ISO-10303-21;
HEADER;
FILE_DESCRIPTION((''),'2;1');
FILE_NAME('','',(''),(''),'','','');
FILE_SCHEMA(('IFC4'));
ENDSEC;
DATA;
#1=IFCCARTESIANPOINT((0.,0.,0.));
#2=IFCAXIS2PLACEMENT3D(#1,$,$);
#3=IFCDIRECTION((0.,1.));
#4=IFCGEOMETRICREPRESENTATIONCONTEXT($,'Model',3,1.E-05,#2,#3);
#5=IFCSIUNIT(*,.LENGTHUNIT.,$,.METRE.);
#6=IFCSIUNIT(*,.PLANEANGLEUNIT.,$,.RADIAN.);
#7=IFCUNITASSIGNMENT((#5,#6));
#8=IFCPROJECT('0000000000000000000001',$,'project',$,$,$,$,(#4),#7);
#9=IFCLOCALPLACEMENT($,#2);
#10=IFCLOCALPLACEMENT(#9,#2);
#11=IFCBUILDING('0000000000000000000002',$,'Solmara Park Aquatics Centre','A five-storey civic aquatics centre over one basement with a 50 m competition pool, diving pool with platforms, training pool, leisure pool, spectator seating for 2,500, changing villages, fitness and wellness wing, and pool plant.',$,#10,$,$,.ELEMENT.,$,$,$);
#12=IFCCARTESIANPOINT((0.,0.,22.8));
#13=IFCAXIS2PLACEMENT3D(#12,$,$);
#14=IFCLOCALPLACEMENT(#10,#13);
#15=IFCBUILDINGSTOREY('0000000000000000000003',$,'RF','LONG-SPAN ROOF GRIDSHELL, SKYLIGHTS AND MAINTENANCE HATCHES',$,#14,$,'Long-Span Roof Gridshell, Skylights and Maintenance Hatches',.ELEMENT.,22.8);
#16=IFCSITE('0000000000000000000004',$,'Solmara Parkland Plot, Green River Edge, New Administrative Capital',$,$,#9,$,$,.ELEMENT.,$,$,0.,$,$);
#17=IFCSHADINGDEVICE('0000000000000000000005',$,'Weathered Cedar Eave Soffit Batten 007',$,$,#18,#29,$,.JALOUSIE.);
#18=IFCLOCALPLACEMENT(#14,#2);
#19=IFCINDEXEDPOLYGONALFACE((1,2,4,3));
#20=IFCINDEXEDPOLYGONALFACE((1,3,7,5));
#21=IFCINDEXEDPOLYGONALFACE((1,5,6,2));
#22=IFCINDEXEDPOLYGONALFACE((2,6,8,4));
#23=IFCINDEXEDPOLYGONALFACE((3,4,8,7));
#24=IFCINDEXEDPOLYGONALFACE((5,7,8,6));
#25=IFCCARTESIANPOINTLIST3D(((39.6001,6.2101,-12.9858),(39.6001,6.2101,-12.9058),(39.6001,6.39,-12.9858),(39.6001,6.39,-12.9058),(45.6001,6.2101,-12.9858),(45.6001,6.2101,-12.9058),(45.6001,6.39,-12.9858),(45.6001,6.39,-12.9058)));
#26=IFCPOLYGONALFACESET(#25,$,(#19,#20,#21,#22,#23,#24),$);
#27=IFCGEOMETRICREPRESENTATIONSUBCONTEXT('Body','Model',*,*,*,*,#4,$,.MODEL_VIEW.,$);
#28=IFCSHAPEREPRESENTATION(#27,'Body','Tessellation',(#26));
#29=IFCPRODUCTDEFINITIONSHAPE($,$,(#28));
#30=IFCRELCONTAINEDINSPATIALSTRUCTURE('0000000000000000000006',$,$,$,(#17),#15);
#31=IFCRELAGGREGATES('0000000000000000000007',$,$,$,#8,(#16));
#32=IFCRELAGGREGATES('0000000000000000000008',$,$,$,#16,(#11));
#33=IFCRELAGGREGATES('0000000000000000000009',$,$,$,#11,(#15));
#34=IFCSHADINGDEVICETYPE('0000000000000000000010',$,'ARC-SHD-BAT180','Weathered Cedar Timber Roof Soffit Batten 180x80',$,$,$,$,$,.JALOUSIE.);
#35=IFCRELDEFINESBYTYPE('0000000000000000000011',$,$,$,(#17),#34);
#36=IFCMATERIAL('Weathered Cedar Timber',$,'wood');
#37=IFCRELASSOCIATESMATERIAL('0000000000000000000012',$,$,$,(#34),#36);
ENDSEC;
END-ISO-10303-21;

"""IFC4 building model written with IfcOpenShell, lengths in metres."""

from ifc_helpers import new_model, si_unit, direction, frame, origin, origin_2d, place, context, subcontext, project, spatial, rectangle, extrude, material, type_object, element, save


model = new_model("IFC4")

# Units and contexts
model_context = context("Model", 3, precision=1e-05, world=origin(), true_north=direction((0.0, 1.0)))
body_context = subcontext(model_context, "Body", "Model", "MODEL_VIEW")
ifc_project = project(units=[si_unit("LENGTHUNIT", "METRE"), si_unit("PLANEANGLEUNIT", "RADIAN")], contexts=[model_context])

# Site, building, storey
site_placement = place(None, origin())
site = spatial("IfcSite", under=ifc_project, at=site_placement, Name="Solmara Parkland Plot, Green River Edge, New Administrative Capital", CompositionType="ELEMENT", RefElevation=0.0)
building_placement = place(site_placement, origin())
building = spatial("IfcBuilding", under=site, at=building_placement, Name="Solmara Park Aquatics Centre", Description="A five-storey civic aquatics centre over one basement with a 50 m competition pool, diving pool with platforms, training pool, leisure pool, spectator seating for 2,500, changing villages, fitness and wellness wing, and pool plant.", CompositionType="ELEMENT")
storey_placement = place(building_placement, frame((0.0, 0.0, 22.8)))
storey = spatial("IfcBuildingStorey", under=building, at=storey_placement, Name="RF", Description="LONG-SPAN ROOF GRIDSHELL, SKYLIGHTS AND MAINTENANCE HATCHES", LongName="Long-Span Roof Gridshell, Skylights and Maintenance Hatches", CompositionType="ELEMENT", Elevation=22.8)

# Shading device
ifc_material_1 = material(Name="Weathered Cedar Timber", Category="wood")
shading_device_type = type_object("IfcShadingDeviceType", Name="ARC-SHD-BAT180", Description="Weathered Cedar Timber Roof Soffit Batten 180x80", PredefinedType="JALOUSIE", material=ifc_material_1)
shading_device_placement = place(storey_placement, frame((42.6001, 6.3, -12.9858), z_axis=(0.0, 0.0, 1.0), x_axis=(1.0, 0.0, 0.0)))
element("IfcShadingDevice", 1, at=shading_device_placement, inside=storey, type_object=shading_device_type, Name="Weathered Cedar Eave Soffit Batten 007", PredefinedType="JALOUSIE", context=body_context, shape_type="SweptSolid", body=[
    extrude(rectangle(XDim=6.0, YDim=0.1799, at=origin_2d()), origin(), (0.0, 0.0, 1.0), 0.0801),
])

save(model, "model.ifc")
